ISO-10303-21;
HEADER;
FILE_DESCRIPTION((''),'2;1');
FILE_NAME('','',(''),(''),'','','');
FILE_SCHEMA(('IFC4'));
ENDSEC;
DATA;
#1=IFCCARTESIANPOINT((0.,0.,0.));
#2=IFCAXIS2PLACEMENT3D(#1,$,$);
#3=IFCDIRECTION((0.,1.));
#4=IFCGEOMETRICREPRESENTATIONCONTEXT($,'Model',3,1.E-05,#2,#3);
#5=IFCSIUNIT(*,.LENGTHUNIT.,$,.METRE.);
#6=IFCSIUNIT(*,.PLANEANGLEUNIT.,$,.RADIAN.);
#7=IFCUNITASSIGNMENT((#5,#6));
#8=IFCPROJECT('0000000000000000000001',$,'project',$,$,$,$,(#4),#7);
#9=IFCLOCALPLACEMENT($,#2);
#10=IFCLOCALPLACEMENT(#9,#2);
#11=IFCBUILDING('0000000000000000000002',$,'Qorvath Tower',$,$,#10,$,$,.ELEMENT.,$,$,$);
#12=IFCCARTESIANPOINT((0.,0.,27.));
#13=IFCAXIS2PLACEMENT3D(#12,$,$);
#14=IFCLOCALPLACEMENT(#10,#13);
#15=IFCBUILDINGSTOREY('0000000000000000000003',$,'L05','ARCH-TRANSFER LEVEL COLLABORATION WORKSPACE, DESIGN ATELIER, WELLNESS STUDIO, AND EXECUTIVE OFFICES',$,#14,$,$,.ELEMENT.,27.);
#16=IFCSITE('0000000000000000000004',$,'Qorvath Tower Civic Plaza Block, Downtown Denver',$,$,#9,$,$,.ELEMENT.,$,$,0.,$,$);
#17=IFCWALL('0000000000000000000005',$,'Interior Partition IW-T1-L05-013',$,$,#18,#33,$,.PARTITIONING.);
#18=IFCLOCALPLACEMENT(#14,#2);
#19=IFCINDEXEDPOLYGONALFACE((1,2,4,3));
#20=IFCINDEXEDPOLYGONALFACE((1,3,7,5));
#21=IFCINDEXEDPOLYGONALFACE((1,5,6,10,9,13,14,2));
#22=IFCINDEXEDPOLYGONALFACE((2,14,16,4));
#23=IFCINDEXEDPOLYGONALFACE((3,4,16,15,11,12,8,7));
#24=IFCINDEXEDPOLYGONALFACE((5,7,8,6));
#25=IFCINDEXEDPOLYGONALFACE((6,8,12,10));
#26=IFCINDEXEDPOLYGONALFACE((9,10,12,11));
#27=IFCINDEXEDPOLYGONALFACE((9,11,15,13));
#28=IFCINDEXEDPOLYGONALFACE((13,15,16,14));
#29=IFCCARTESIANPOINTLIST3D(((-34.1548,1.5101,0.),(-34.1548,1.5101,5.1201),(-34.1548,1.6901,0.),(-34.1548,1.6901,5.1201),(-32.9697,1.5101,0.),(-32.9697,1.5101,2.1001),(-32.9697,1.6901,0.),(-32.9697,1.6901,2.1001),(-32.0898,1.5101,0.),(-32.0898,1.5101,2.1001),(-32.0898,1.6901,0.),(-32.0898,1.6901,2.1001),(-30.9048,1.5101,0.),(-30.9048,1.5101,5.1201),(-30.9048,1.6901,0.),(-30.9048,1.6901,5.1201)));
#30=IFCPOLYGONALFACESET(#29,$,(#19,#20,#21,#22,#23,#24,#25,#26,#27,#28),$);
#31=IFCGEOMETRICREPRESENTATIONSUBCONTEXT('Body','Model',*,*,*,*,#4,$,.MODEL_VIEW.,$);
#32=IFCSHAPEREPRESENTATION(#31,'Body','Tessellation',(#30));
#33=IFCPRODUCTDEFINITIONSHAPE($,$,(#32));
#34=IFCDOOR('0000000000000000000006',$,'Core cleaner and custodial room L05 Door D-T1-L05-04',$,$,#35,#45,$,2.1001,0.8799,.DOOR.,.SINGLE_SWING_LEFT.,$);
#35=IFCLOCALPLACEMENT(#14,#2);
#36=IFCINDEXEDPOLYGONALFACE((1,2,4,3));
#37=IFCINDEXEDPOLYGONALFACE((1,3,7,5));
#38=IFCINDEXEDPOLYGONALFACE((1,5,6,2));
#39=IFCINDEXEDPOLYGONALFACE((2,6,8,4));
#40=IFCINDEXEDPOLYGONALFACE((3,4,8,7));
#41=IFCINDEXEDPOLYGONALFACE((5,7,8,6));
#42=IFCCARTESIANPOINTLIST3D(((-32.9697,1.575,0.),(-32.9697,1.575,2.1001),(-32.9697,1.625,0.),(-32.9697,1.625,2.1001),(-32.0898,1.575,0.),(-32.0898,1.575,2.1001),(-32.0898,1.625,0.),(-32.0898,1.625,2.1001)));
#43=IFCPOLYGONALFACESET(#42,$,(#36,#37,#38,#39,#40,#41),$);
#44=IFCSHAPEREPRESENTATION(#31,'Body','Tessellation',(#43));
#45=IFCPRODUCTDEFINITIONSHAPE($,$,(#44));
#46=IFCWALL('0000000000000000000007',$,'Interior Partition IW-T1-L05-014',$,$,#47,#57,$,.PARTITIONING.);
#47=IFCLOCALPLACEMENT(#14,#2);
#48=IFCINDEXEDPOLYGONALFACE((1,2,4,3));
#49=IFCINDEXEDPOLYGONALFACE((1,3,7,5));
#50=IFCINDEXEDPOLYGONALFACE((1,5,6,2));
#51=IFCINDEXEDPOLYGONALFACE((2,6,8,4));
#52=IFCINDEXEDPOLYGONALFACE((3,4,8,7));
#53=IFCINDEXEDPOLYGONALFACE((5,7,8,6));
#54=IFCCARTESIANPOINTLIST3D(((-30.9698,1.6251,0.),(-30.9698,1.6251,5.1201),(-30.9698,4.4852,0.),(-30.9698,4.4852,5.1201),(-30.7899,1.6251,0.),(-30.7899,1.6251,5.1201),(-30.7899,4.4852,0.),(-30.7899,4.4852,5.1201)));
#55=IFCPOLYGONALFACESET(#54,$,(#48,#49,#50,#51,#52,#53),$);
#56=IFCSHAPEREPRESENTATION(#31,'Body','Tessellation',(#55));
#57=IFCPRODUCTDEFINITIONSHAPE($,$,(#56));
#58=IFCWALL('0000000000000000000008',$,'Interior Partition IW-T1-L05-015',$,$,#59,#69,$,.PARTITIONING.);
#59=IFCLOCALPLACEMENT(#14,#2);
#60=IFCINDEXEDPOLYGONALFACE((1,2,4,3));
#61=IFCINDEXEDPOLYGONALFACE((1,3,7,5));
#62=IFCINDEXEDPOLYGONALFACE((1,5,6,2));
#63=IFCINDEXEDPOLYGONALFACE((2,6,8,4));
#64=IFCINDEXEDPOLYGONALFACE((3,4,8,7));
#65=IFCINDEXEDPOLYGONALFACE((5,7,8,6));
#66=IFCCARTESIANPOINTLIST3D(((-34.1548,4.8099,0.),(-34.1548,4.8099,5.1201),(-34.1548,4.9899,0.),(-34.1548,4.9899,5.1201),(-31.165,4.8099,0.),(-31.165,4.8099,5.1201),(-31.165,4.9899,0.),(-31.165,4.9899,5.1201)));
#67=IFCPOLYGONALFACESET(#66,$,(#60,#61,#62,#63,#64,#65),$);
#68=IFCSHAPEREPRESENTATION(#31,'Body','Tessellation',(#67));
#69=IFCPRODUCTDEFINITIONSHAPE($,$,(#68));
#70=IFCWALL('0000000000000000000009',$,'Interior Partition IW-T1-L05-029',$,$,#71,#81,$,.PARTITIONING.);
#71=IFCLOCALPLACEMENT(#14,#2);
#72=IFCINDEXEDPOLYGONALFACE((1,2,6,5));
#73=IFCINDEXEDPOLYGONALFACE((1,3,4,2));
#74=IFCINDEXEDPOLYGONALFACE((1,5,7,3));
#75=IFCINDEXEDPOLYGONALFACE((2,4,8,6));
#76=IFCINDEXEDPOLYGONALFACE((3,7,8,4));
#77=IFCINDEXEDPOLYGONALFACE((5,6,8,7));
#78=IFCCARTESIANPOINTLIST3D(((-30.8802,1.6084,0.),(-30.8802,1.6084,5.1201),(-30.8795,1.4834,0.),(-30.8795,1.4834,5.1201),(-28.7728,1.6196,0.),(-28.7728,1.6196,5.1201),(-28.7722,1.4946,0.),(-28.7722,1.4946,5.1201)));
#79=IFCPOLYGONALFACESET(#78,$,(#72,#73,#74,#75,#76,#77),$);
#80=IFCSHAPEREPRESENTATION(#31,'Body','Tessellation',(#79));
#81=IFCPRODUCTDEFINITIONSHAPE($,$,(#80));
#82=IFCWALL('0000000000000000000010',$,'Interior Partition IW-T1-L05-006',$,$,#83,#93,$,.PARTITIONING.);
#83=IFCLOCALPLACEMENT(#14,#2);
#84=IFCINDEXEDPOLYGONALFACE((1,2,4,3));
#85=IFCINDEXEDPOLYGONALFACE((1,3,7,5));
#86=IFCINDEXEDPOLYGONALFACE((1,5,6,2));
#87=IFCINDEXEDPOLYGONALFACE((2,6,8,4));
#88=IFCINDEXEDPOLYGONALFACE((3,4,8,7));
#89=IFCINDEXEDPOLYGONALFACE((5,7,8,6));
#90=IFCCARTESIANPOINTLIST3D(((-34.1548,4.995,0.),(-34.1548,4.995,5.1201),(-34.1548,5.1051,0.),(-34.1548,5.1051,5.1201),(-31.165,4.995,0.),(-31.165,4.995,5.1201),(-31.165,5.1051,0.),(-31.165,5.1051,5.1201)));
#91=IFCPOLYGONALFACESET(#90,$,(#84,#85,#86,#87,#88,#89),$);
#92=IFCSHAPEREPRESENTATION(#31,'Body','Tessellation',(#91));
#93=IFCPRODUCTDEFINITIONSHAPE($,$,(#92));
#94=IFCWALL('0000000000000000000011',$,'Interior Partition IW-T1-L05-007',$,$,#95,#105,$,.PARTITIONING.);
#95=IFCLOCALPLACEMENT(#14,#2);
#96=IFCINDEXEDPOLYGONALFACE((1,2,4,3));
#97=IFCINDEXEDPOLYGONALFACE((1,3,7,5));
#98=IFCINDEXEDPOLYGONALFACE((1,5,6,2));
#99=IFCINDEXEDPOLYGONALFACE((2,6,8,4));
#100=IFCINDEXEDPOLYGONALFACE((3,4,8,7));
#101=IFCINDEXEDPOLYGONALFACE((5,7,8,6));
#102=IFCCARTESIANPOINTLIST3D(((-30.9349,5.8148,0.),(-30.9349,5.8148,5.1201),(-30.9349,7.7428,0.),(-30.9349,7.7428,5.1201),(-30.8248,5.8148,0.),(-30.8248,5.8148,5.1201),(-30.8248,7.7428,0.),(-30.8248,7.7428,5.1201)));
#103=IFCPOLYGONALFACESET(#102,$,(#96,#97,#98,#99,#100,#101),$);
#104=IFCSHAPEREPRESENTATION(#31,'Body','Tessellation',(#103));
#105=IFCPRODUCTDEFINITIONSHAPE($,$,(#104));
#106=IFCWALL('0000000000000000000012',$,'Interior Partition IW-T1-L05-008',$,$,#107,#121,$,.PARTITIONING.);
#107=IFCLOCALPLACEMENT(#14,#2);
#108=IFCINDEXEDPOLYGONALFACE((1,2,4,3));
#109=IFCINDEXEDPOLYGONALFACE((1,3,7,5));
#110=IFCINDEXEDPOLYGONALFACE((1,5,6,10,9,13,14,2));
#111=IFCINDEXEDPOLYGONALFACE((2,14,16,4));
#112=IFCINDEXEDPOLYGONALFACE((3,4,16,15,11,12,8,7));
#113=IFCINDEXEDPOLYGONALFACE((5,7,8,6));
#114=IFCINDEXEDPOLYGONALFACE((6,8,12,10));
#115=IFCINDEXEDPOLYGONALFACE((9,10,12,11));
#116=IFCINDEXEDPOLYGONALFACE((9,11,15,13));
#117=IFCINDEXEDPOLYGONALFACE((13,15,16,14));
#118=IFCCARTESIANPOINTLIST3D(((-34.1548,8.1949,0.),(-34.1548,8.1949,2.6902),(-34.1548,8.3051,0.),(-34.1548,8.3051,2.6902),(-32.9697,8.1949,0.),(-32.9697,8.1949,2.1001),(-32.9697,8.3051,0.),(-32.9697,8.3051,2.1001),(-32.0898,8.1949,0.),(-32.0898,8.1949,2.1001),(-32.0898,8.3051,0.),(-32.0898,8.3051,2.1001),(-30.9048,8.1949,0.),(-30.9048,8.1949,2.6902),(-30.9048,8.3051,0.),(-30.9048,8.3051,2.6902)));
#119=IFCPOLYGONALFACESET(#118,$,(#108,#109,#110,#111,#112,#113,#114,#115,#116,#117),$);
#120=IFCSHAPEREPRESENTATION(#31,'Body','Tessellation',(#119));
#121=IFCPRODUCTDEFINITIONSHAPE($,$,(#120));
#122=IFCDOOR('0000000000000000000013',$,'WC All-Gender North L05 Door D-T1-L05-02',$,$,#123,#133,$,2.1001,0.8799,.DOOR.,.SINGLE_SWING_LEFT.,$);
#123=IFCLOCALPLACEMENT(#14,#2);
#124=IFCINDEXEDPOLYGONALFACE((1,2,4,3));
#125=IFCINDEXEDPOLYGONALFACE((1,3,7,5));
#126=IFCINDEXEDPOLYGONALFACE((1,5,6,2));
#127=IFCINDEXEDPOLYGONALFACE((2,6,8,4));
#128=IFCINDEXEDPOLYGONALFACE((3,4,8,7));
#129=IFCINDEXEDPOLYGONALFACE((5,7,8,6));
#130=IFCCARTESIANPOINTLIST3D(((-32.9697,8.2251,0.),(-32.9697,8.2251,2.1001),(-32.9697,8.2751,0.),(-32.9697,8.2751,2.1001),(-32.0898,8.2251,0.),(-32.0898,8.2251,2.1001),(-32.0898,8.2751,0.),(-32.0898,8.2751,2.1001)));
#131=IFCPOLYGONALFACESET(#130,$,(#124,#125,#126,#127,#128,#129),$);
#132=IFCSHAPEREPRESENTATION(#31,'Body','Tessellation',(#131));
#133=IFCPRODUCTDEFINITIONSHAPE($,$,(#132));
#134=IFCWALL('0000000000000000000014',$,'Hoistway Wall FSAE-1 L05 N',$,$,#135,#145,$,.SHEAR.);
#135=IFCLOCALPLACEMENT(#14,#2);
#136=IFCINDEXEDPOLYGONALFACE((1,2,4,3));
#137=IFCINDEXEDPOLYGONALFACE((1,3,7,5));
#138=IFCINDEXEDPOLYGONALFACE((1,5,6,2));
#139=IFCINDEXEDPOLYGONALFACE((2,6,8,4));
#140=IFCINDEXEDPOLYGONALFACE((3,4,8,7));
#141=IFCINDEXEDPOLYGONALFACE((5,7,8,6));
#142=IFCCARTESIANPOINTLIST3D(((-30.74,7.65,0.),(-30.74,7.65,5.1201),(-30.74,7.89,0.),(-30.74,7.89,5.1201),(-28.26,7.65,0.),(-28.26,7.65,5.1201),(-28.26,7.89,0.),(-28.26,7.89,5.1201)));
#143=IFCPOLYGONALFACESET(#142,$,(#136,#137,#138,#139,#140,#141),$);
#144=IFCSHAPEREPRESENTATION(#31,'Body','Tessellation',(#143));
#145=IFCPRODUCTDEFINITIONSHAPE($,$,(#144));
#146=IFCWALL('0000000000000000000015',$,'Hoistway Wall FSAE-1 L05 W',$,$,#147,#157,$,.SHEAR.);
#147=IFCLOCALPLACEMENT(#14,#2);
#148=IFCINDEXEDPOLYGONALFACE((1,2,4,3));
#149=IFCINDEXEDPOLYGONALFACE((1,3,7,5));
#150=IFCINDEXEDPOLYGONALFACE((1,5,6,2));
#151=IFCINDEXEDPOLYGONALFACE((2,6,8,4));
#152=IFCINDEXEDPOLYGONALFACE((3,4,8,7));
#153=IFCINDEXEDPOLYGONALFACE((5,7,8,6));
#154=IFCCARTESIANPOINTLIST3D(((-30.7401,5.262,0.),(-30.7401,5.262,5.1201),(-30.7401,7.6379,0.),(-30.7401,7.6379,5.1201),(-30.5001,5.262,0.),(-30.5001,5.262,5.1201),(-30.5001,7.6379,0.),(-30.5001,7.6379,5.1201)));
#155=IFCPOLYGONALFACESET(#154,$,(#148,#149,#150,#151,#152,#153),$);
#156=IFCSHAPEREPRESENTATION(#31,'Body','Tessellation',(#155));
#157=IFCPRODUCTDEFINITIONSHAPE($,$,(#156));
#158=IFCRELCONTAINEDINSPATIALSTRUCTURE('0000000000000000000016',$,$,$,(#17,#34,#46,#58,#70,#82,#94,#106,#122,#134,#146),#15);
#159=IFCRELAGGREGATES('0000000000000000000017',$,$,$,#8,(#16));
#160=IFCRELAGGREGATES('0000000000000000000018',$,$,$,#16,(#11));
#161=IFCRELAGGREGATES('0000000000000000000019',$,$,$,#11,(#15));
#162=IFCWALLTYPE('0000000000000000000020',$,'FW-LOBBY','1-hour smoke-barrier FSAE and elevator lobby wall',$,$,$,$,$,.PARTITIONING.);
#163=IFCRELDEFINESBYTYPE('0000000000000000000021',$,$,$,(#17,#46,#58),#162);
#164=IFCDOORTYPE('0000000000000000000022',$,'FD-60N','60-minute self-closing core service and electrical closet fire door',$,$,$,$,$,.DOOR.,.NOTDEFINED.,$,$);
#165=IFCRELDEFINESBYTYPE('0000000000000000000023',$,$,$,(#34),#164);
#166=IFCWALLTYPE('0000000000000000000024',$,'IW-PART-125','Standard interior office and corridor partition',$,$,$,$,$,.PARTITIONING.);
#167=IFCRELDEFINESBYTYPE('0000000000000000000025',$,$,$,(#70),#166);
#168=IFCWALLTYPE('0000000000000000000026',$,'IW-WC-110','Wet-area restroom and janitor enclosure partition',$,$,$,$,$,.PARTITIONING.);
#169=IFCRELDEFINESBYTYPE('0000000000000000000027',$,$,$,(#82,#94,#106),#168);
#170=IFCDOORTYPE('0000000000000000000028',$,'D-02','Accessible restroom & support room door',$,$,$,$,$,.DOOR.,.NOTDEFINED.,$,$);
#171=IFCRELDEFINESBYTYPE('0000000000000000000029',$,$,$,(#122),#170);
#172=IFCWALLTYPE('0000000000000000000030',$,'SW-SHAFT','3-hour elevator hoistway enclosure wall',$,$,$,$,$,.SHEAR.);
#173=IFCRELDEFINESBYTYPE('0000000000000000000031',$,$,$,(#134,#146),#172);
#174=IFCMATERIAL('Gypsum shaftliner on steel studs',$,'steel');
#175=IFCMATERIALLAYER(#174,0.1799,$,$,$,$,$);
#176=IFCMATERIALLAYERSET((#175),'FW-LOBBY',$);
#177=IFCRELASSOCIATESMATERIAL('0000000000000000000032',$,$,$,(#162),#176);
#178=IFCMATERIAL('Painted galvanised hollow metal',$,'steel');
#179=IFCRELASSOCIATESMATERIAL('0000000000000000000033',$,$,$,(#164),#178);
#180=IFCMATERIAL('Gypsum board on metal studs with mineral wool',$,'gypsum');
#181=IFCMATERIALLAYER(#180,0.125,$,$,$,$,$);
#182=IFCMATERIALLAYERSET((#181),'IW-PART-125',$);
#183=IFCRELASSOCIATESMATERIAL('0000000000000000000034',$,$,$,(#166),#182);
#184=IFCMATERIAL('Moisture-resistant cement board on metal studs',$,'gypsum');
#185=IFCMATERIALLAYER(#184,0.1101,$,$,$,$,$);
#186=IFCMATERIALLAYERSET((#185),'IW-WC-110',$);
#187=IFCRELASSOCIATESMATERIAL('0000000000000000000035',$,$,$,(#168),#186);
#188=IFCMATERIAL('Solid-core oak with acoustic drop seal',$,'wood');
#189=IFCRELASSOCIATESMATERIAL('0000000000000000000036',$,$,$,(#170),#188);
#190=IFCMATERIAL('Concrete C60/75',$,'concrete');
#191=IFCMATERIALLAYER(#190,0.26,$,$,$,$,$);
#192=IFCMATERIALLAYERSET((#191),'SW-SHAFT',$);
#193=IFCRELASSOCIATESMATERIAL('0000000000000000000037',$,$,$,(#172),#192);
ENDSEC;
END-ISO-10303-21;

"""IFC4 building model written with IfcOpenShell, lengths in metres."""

from ifc_helpers import new_model, si_unit, direction, frame, frame_2d, origin, place, context, subcontext, project, spatial, rectangle, extrude, material, layer, layer_set, type_object, element, fill, save


model = new_model("IFC4")

# Units and contexts
model_context = context("Model", 3, precision=1e-05, world=origin(), true_north=direction((0.0, 1.0)))
body_context = subcontext(model_context, "Body", "Model", "MODEL_VIEW")
ifc_project = project(units=[si_unit("LENGTHUNIT", "METRE"), si_unit("PLANEANGLEUNIT", "RADIAN")], contexts=[model_context])

# Site, building, storey
site_placement = place(None, origin())
site = spatial("IfcSite", under=ifc_project, at=site_placement, Name="Qorvath Tower Civic Plaza Block, Downtown Denver", CompositionType="ELEMENT", RefElevation=0.0)
building_placement = place(site_placement, origin())
building = spatial("IfcBuilding", under=site, at=building_placement, Name="Qorvath Tower", CompositionType="ELEMENT")
storey_placement = place(building_placement, frame((0.0, 0.0, 27.0)))
storey = spatial("IfcBuildingStorey", under=building, at=storey_placement, Name="L05", Description="ARCH-TRANSFER LEVEL COLLABORATION WORKSPACE, DESIGN ATELIER, WELLNESS STUDIO, AND EXECUTIVE OFFICES", CompositionType="ELEMENT", Elevation=27.0)

# Shared definitions
ifc_material_1 = material(Name="Gypsum shaftliner on steel studs", Category="steel")
ifc_layer_1 = layer(ifc_material_1, 0.1799)
ifc_layer_set_1 = layer_set([ifc_layer_1], Name="FW-LOBBY")
wall_type_1 = type_object("IfcWallType", Name="FW-LOBBY", Description="1-hour smoke-barrier FSAE and elevator lobby wall", PredefinedType="PARTITIONING", material=ifc_layer_set_1)

# Wall, opening, door
wall_1_placement = place(storey_placement, frame((-34.1548, 1.6001, 0.0), z_axis=(0.0, 0.0, 1.0), x_axis=(1.0, 0.0, 0.0)))
wall_1 = element("IfcWall", 1, at=wall_1_placement, inside=storey, type_object=wall_type_1, Name="Interior Partition IW-T1-L05-013", PredefinedType="PARTITIONING", context=body_context, shape_type="SweptSolid", body=[
    extrude(rectangle(XDim=3.25, YDim=0.1799, at=frame_2d((1.625, 0.0))), origin(), (0.0, 0.0, 1.0), 5.1201),
])
opening_1_placement = place(wall_1_placement, frame((1.1851, 0.0, 0.0)))
opening_1 = element("IfcOpeningElement", 2, at=opening_1_placement, cuts=wall_1, PredefinedType="OPENING", context=body_context, shape_type="SweptSolid", body=[
    extrude(rectangle(XDim=0.8799, YDim=2.1001, at=frame_2d((0.4399, 1.05))), frame((0.0, 0.1001, 0.0), z_axis=(0.0, -1.0, 0.0), x_axis=(1.0, 0.0, 0.0)), (0.0, 0.0, 1.0), 0.2),
])
ifc_material_2 = material(Name="Painted galvanised hollow metal", Category="steel")
door_type_1 = type_object("IfcDoorType", Name="FD-60N", Description="60-minute self-closing core service and electrical closet fire door", OperationType="NOTDEFINED", PredefinedType="DOOR", material=ifc_material_2)
door_1_placement = place(opening_1_placement, origin())
door_1 = element("IfcDoor", 3, at=door_1_placement, inside=storey, type_object=door_type_1, Name="Core cleaner and custodial room L05 Door D-T1-L05-04", OperationType="SINGLE_SWING_LEFT", OverallHeight=2.1001, OverallWidth=0.8799, PredefinedType="DOOR", context=body_context, shape_type="SweptSolid", body=[
    extrude(rectangle(XDim=0.8799, YDim=2.1001, at=frame_2d((0.4399, 1.05))), frame((0.0, 0.0249, 0.0), z_axis=(0.0, -1.0, 0.0), x_axis=(1.0, 0.0, 0.0)), (0.0, 0.0, 1.0), 0.05),
])
fill(opening_1, door_1)

# Walls
wall_2_placement = place(storey_placement, frame((-30.8799, 1.625, 0.0), z_axis=(0.0, 0.0, 1.0), x_axis=(0.0, 1.0, 0.0)))
element("IfcWall", 4, at=wall_2_placement, inside=storey, type_object=wall_type_1, Name="Interior Partition IW-T1-L05-014", PredefinedType="PARTITIONING", context=body_context, shape_type="SweptSolid", body=[
    extrude(rectangle(XDim=2.8601, YDim=0.1799, at=frame_2d((1.4302, 0.0))), origin(), (0.0, 0.0, 1.0), 5.1201),
])
wall_3_placement = place(storey_placement, frame((-31.165, 4.8999, 0.0), z_axis=(0.0, 0.0, 1.0), x_axis=(-1.0, 0.0, 0.0)))
element("IfcWall", 5, at=wall_3_placement, inside=storey, type_object=wall_type_1, Name="Interior Partition IW-T1-L05-015", PredefinedType="PARTITIONING", context=body_context, shape_type="SweptSolid", body=[
    extrude(rectangle(XDim=2.9897, YDim=0.1799, at=frame_2d((1.4949, 0.0))), origin(), (0.0, 0.0, 1.0), 5.1201),
])
ifc_material_3 = material(Name="Gypsum board on metal studs with mineral wool", Category="gypsum")
ifc_layer_2 = layer(ifc_material_3, 0.125)
ifc_layer_set_2 = layer_set([ifc_layer_2], Name="IW-PART-125")
wall_type_2 = type_object("IfcWallType", Name="IW-PART-125", Description="Standard interior office and corridor partition", PredefinedType="PARTITIONING", material=ifc_layer_set_2)
wall_4_placement = place(storey_placement, frame((-30.8799, 1.5459, 0.0), z_axis=(0.0, 0.0, 1.0), x_axis=(0.999986, 0.005329, 0.0)))
element("IfcWall", 6, at=wall_4_placement, inside=storey, type_object=wall_type_2, Name="Interior Partition IW-T1-L05-029", PredefinedType="PARTITIONING", context=body_context, shape_type="SweptSolid", body=[
    extrude(rectangle(XDim=2.1074, YDim=0.125, at=frame_2d((1.0537, 0.0))), origin(), (0.0, 0.0, 1.0), 5.1201),
])
ifc_material_4 = material(Name="Moisture-resistant cement board on metal studs", Category="gypsum")
ifc_layer_3 = layer(ifc_material_4, 0.1101)
ifc_layer_set_3 = layer_set([ifc_layer_3], Name="IW-WC-110")
wall_type_3 = type_object("IfcWallType", Name="IW-WC-110", Description="Wet-area restroom and janitor enclosure partition", PredefinedType="PARTITIONING", material=ifc_layer_set_3)
wall_5_placement = place(storey_placement, frame((-34.1548, 5.05, 0.0), z_axis=(0.0, 0.0, 1.0), x_axis=(1.0, 0.0, 0.0)))
element("IfcWall", 7, at=wall_5_placement, inside=storey, type_object=wall_type_3, Name="Interior Partition IW-T1-L05-006", PredefinedType="PARTITIONING", context=body_context, shape_type="SweptSolid", body=[
    extrude(rectangle(XDim=2.9897, YDim=0.1101, at=frame_2d((1.4949, 0.0))), origin(), (0.0, 0.0, 1.0), 5.1201),
])
wall_6_placement = place(storey_placement, frame((-30.8799, 5.8149, 0.0), z_axis=(0.0, 0.0, 1.0), x_axis=(0.0, 1.0, 0.0)))
element("IfcWall", 8, at=wall_6_placement, inside=storey, type_object=wall_type_3, Name="Interior Partition IW-T1-L05-007", PredefinedType="PARTITIONING", context=body_context, shape_type="SweptSolid", body=[
    extrude(rectangle(XDim=1.928, YDim=0.1101, at=frame_2d((0.9639, 0.0))), origin(), (0.0, 0.0, 1.0), 5.1201),
])

# Wall, opening, door
wall_7_placement = place(storey_placement, frame((-30.9048, 8.25, 0.0), z_axis=(0.0, 0.0, 1.0), x_axis=(-1.0, 0.0, 0.0)))
wall_7 = element("IfcWall", 9, at=wall_7_placement, inside=storey, type_object=wall_type_3, Name="Interior Partition IW-T1-L05-008", PredefinedType="PARTITIONING", context=body_context, shape_type="SweptSolid", body=[
    extrude(rectangle(XDim=3.25, YDim=0.1101, at=frame_2d((1.625, 0.0))), origin(), (0.0, 0.0, 1.0), 2.6902),
])
opening_2_placement = place(wall_7_placement, frame((1.1851, 0.0, 0.0)))
opening_2 = element("IfcOpeningElement", 10, at=opening_2_placement, cuts=wall_7, PredefinedType="OPENING", context=body_context, shape_type="SweptSolid", body=[
    extrude(rectangle(XDim=0.8799, YDim=2.1001, at=frame_2d((0.4399, 1.05))), frame((0.0, 0.0649, 0.0), z_axis=(0.0, -1.0, 0.0), x_axis=(1.0, 0.0, 0.0)), (0.0, 0.0, 1.0), 0.1301),
])
ifc_material_5 = material(Name="Solid-core oak with acoustic drop seal", Category="wood")
door_type_2 = type_object("IfcDoorType", Name="D-02", Description="Accessible restroom & support room door", OperationType="NOTDEFINED", PredefinedType="DOOR", material=ifc_material_5)
door_2_placement = place(opening_2_placement, origin())
door_2 = element("IfcDoor", 11, at=door_2_placement, inside=storey, type_object=door_type_2, Name="WC All-Gender North L05 Door D-T1-L05-02", OperationType="SINGLE_SWING_LEFT", OverallHeight=2.1001, OverallWidth=0.8799, PredefinedType="DOOR", context=body_context, shape_type="SweptSolid", body=[
    extrude(rectangle(XDim=0.8799, YDim=2.1001, at=frame_2d((0.4399, 1.05))), frame((0.0, 0.0249, 0.0), z_axis=(0.0, -1.0, 0.0), x_axis=(1.0, 0.0, 0.0)), (0.0, 0.0, 1.0), 0.05),
])
fill(opening_2, door_2)

# Walls
ifc_material_6 = material(Name="Concrete C60/75", Category="concrete")
ifc_layer_4 = layer(ifc_material_6, 0.26)
ifc_layer_set_4 = layer_set([ifc_layer_4], Name="SW-SHAFT")
wall_type_4 = type_object("IfcWallType", Name="SW-SHAFT", Description="3-hour elevator hoistway enclosure wall", PredefinedType="SHEAR", material=ifc_layer_set_4)
wall_8_placement = place(storey_placement, frame((-30.74, 7.77, 0.0), z_axis=(0.0, 0.0, 1.0), x_axis=(1.0, 0.0, 0.0)))
element("IfcWall", 12, at=wall_8_placement, inside=storey, type_object=wall_type_4, Name="Hoistway Wall FSAE-1 L05 N", PredefinedType="SHEAR", context=body_context, shape_type="SweptSolid", body=[
    extrude(rectangle(XDim=2.48, YDim=0.24, at=frame_2d((1.24, 0.0))), origin(), (0.0, 0.0, 1.0), 5.1201),
])
wall_9_placement = place(storey_placement, frame((-30.6201, 5.262, 0.0), z_axis=(0.0, 0.0, 1.0), x_axis=(0.0, 1.0, 0.0)))
element("IfcWall", 13, at=wall_9_placement, inside=storey, type_object=wall_type_4, Name="Hoistway Wall FSAE-1 L05 W", PredefinedType="SHEAR", context=body_context, shape_type="SweptSolid", body=[
    extrude(rectangle(XDim=2.376, YDim=0.24, at=frame_2d((1.188, 0.0))), origin(), (0.0, 0.0, 1.0), 5.1201),
])

save(model, "model.ifc")
